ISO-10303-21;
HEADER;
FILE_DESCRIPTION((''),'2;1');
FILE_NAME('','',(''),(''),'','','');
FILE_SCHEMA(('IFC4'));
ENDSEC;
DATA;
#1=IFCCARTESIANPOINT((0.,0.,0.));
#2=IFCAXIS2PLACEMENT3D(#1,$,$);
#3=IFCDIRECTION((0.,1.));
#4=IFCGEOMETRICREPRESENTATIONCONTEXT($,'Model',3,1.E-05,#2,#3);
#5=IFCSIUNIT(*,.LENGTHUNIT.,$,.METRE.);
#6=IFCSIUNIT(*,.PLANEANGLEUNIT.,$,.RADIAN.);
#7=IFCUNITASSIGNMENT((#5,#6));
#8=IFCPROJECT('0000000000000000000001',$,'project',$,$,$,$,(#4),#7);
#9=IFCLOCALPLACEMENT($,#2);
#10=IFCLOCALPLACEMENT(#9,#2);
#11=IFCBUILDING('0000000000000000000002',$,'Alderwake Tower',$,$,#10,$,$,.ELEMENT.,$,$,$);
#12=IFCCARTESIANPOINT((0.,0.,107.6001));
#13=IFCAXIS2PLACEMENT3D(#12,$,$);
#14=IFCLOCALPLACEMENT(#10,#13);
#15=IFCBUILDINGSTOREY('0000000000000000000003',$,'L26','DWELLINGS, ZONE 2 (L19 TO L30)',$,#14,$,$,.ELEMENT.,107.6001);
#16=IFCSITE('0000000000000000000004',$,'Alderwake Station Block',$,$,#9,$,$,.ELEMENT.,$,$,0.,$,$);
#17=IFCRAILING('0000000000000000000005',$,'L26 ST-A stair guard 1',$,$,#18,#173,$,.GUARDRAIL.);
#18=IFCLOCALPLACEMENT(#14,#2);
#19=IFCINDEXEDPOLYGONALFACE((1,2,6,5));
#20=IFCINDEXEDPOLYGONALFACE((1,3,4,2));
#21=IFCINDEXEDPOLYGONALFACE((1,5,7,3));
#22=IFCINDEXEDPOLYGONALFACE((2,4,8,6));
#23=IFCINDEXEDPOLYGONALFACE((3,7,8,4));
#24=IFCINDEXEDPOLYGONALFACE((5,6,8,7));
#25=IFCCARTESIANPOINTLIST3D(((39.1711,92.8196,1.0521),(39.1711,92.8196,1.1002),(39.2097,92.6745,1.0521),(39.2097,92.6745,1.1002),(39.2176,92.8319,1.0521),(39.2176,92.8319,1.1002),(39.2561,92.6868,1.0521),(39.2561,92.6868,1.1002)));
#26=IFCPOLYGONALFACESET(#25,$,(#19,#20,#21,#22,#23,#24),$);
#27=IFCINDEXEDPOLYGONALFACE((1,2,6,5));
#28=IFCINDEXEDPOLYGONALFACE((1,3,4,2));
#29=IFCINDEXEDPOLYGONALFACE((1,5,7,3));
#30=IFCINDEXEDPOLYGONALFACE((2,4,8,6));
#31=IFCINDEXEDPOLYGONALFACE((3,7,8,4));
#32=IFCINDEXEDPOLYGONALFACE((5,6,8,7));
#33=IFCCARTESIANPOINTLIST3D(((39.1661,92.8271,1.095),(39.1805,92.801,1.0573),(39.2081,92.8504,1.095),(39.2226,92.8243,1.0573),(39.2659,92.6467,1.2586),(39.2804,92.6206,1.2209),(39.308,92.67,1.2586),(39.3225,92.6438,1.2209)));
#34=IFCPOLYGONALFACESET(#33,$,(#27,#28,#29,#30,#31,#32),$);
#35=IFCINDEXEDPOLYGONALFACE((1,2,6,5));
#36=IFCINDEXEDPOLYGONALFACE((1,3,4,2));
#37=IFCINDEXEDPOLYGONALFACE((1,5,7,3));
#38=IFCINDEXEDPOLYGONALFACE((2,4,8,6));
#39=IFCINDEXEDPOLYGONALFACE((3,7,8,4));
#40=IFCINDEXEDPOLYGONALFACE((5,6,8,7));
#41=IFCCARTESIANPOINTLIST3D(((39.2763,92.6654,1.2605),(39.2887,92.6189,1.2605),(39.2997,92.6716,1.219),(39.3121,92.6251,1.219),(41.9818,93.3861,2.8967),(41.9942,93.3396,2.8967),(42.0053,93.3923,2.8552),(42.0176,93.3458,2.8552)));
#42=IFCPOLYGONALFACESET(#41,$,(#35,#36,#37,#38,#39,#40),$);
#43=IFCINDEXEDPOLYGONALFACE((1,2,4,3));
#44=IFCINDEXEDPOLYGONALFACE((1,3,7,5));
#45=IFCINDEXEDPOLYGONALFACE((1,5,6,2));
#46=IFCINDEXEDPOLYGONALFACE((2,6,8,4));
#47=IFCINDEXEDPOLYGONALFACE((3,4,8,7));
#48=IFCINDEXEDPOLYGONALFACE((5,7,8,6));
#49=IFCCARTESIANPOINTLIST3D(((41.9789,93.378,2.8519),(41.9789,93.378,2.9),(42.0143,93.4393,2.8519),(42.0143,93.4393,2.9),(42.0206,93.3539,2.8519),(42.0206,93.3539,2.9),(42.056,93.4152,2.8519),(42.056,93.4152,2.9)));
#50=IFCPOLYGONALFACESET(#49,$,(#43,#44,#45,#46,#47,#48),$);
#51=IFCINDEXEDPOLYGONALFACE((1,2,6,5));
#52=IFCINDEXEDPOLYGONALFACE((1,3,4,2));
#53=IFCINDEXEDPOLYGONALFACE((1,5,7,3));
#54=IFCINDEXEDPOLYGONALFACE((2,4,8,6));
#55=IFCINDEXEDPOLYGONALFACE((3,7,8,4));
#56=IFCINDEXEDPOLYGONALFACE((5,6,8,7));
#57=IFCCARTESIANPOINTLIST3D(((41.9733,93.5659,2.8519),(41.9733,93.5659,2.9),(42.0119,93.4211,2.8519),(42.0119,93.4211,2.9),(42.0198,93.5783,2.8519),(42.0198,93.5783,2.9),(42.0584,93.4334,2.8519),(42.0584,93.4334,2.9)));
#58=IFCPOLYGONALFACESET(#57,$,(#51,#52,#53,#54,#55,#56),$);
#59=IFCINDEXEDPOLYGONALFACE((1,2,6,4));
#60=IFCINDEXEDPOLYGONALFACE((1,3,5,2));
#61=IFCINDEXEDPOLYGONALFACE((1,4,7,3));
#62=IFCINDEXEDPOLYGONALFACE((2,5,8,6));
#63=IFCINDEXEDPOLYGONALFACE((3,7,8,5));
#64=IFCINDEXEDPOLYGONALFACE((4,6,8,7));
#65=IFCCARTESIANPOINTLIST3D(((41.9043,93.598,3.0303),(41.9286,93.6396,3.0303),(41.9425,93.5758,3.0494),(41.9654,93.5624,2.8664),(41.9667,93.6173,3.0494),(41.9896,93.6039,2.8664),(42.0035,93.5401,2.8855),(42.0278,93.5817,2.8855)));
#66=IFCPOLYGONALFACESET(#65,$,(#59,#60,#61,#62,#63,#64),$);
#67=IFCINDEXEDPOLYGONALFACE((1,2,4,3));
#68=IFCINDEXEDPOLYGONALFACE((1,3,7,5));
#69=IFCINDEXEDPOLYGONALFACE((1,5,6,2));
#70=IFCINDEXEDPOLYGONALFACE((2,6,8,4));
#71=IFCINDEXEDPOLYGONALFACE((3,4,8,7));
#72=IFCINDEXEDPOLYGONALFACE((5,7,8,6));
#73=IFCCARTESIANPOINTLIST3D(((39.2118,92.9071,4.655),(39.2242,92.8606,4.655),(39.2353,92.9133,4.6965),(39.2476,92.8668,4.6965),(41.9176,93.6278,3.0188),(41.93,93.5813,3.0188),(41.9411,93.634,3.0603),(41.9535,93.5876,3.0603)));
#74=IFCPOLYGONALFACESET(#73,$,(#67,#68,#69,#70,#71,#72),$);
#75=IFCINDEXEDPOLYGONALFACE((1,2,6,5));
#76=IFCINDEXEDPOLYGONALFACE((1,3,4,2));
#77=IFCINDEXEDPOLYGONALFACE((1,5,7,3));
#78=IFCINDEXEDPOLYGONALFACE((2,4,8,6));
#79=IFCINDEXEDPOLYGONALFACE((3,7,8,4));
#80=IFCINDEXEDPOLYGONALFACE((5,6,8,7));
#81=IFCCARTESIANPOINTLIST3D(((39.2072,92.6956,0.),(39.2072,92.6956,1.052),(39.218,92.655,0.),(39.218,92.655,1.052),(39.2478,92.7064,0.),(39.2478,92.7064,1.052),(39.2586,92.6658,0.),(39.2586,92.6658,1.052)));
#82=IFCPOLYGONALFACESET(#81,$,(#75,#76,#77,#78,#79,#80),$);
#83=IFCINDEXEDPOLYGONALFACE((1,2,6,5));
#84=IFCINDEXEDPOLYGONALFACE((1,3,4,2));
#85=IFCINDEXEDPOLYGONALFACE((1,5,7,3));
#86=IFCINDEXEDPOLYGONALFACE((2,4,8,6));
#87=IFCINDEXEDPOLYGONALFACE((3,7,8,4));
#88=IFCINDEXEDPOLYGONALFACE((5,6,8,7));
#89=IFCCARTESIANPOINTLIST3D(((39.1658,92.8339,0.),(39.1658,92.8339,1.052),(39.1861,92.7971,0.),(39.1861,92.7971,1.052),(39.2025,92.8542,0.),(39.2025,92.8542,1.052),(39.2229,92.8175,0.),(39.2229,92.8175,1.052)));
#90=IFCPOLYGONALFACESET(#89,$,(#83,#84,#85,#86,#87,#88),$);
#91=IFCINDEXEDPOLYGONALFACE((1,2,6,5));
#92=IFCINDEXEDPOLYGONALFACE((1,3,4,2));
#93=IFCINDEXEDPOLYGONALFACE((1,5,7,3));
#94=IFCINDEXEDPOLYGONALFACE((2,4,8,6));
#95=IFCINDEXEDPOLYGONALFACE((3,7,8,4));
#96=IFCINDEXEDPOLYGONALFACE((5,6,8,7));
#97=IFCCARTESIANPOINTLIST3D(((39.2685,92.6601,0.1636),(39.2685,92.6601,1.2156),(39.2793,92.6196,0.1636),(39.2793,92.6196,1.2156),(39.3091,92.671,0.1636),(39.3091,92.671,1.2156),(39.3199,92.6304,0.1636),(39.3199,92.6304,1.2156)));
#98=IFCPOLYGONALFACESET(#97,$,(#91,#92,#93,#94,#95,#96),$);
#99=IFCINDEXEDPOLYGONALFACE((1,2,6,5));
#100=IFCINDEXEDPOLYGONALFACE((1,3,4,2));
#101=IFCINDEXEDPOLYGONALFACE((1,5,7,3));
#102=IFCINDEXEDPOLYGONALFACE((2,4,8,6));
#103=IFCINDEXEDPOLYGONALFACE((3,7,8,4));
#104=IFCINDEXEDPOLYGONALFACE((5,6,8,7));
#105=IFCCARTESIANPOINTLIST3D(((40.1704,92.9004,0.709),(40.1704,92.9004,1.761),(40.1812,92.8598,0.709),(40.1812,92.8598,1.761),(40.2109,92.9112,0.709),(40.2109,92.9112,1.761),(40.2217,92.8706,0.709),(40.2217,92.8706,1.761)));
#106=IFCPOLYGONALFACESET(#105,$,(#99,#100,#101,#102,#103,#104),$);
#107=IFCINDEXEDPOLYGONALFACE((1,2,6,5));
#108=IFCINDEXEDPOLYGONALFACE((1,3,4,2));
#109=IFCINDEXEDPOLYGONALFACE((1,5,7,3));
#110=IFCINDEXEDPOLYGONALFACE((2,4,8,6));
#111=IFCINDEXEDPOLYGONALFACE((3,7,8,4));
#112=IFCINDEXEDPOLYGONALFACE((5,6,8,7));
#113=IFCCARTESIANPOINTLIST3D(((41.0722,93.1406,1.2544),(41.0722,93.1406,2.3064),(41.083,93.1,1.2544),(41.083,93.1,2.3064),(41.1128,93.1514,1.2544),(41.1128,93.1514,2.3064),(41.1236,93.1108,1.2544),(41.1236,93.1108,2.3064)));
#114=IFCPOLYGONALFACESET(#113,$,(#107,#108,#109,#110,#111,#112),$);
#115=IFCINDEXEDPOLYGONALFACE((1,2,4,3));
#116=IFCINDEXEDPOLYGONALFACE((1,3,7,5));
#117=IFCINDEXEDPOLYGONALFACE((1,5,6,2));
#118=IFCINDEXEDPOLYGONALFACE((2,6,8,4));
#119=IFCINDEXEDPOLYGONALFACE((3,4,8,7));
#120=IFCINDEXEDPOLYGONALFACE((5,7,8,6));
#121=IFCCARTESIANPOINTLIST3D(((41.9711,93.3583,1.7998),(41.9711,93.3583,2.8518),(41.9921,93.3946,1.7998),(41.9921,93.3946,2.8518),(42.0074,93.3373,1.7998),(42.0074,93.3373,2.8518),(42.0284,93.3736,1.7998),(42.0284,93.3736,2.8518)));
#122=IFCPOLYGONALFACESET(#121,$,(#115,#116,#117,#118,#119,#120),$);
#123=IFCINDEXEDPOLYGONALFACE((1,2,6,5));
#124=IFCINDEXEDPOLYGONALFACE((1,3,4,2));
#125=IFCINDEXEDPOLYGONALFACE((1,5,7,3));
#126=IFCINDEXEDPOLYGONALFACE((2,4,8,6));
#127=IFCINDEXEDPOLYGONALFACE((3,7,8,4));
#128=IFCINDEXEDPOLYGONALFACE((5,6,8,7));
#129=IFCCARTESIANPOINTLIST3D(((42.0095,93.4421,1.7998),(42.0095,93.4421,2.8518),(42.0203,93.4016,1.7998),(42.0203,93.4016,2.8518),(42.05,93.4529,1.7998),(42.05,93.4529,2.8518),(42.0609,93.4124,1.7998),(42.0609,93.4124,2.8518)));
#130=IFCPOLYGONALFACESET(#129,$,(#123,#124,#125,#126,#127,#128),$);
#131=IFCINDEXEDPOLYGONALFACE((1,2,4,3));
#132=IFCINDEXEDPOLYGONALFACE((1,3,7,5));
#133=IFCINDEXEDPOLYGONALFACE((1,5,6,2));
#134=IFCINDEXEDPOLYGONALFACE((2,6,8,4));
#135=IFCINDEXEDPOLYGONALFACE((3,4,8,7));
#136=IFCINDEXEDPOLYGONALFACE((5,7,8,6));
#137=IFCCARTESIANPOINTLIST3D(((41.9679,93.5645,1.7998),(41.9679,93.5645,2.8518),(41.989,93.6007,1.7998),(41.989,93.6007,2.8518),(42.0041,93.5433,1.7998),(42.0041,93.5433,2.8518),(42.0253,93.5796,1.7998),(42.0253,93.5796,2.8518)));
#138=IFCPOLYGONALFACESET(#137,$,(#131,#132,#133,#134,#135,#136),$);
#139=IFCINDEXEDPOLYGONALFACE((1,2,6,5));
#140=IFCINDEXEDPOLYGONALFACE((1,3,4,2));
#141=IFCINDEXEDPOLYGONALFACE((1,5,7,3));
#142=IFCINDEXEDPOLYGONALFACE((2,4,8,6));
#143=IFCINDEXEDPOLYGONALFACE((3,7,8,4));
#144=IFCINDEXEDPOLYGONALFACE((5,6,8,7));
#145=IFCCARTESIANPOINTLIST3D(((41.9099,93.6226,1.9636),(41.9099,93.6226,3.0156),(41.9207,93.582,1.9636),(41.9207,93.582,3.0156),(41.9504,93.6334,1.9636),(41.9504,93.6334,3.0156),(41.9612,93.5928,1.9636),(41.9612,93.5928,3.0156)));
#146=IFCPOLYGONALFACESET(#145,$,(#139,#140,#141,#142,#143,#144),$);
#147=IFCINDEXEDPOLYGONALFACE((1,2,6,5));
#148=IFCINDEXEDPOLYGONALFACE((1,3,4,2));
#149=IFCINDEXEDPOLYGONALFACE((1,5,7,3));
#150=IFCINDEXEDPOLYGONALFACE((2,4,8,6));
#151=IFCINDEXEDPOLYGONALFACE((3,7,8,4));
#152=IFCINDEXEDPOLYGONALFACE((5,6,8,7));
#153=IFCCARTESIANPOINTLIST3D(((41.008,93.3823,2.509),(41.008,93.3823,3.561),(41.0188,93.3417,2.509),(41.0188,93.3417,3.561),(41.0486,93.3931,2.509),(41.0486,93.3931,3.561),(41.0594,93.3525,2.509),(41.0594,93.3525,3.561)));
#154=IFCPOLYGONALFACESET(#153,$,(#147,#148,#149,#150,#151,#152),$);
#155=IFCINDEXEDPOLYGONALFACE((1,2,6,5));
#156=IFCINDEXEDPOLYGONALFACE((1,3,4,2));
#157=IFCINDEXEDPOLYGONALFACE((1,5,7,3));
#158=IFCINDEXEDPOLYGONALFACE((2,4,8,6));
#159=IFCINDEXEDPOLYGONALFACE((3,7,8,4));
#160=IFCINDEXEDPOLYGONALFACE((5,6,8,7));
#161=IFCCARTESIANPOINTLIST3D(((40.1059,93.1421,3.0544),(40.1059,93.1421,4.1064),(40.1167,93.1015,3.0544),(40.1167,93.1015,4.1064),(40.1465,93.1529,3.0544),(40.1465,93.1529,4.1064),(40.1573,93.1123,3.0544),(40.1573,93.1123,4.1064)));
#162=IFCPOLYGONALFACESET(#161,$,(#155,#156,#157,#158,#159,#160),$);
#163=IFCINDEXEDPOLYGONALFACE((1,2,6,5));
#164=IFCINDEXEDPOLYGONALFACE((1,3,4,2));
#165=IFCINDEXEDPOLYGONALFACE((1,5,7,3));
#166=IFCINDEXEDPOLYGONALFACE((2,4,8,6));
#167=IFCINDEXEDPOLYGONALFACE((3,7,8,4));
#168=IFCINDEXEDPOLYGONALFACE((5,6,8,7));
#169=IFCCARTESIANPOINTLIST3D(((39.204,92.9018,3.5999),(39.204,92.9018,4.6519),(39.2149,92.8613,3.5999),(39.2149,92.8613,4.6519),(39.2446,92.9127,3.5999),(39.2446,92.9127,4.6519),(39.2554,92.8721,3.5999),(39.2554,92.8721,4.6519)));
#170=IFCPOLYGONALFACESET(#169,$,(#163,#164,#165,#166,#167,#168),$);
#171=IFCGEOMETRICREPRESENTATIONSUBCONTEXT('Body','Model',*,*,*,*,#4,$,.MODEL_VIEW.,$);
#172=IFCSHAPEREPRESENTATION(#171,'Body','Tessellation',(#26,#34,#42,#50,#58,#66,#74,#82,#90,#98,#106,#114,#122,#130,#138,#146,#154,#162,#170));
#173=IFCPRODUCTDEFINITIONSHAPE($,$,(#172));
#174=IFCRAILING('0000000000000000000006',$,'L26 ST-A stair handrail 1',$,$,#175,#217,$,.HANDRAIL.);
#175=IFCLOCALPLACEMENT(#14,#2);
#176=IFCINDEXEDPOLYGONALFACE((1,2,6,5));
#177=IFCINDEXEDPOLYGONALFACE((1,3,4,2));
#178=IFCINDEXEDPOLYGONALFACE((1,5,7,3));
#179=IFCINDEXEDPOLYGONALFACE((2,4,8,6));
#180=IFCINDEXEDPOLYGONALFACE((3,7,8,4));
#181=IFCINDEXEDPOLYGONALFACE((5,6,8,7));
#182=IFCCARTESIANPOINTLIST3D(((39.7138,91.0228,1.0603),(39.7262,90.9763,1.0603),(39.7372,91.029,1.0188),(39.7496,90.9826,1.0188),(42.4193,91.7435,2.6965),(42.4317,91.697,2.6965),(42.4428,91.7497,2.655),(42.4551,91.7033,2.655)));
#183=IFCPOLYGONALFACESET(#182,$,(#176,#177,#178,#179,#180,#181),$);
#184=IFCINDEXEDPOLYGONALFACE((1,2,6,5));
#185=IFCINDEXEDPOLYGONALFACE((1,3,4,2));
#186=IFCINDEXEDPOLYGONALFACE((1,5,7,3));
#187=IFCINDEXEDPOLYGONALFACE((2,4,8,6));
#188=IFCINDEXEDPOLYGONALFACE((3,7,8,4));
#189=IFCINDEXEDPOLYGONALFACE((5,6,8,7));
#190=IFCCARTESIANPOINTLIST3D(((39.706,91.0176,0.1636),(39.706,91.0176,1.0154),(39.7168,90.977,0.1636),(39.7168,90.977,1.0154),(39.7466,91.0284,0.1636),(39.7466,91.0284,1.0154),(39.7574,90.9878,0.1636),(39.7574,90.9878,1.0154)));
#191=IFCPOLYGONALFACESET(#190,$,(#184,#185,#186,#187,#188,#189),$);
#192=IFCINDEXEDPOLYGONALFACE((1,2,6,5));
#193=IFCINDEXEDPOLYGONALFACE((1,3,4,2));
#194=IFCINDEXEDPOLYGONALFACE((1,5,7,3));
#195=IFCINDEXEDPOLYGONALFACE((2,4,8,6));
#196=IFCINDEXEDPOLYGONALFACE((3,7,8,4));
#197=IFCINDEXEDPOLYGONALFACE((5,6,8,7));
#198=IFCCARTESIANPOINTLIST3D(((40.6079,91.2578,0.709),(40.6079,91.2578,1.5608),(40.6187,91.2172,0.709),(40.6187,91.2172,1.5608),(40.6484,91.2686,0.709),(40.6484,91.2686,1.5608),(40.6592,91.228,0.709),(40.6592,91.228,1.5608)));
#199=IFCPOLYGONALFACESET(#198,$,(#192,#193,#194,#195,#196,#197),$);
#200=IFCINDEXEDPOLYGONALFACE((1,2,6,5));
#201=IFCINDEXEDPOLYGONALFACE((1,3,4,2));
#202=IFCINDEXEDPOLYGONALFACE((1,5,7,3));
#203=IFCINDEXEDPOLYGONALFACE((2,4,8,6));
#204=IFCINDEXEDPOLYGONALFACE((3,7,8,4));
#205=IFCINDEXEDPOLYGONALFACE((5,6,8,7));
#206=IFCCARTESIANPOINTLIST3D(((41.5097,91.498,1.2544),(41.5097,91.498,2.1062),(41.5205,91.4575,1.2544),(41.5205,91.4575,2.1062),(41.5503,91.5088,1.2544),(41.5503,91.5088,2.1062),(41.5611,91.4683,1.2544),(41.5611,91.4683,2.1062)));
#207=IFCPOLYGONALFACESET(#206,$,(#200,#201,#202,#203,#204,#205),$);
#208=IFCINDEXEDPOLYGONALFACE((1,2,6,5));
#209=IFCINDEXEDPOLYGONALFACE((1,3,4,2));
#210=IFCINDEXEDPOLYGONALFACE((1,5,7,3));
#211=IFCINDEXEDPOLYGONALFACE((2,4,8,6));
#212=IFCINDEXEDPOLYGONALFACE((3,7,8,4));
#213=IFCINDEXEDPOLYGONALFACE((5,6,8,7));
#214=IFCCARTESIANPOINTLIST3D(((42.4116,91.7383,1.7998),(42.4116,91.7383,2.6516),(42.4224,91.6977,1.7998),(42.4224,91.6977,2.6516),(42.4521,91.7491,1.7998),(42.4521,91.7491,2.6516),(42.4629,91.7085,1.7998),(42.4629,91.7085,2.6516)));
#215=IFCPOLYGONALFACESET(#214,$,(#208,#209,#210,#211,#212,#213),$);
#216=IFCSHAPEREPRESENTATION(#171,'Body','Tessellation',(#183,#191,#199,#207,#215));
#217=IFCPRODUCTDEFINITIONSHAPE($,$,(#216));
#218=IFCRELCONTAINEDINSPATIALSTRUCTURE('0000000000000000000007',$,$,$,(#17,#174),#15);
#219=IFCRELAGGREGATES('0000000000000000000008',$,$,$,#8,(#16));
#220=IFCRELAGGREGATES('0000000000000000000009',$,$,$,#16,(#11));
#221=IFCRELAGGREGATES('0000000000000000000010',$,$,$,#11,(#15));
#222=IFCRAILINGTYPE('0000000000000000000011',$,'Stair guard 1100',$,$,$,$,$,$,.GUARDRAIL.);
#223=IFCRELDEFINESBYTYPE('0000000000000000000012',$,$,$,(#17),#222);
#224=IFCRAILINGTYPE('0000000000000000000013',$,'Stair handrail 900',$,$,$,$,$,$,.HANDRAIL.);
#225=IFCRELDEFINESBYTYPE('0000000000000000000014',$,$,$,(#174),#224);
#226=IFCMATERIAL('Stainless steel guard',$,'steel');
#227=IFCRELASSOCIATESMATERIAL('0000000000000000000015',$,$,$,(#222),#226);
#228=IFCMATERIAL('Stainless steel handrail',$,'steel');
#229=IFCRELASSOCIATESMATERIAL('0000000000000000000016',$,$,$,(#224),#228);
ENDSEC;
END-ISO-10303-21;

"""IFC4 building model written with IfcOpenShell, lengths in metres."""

from ifc_helpers import new_model, si_unit, direction, frame, origin, origin_2d, place, context, subcontext, project, spatial, rectangle, extrude, material, type_object, element, save


model = new_model("IFC4")

# Units and contexts
model_context = context("Model", 3, precision=1e-05, world=origin(), true_north=direction((0.0, 1.0)))
body_context = subcontext(model_context, "Body", "Model", "MODEL_VIEW")
ifc_project = project(units=[si_unit("LENGTHUNIT", "METRE"), si_unit("PLANEANGLEUNIT", "RADIAN")], contexts=[model_context])

# Site, building, storey
site_placement = place(None, origin())
site = spatial("IfcSite", under=ifc_project, at=site_placement, Name="Alderwake Station Block", CompositionType="ELEMENT", RefElevation=0.0)
building_placement = place(site_placement, origin())
building = spatial("IfcBuilding", under=site, at=building_placement, Name="Alderwake Tower", CompositionType="ELEMENT")
storey_placement = place(building_placement, frame((0.0, 0.0, 107.6001)))
storey = spatial("IfcBuildingStorey", under=building, at=storey_placement, Name="L26", Description="DWELLINGS, ZONE 2 (L19 TO L30)", CompositionType="ELEMENT", Elevation=107.6001)

# Railings
ifc_material_1 = material(Name="Stainless steel guard", Category="steel")
railing_type_1 = type_object("IfcRailingType", Name="Stair guard 1100", PredefinedType="GUARDRAIL", material=ifc_material_1)
railing_1_placement = place(storey_placement, frame((39.2329, 92.6807, 0.0)))
element("IfcRailing", 1, at=railing_1_placement, inside=storey, type_object=railing_type_1, Name="L26 ST-A stair guard 1", PredefinedType="GUARDRAIL", context=body_context, shape_type="SweptSolid", body=[
    extrude(rectangle(XDim=0.0481, YDim=0.0481, at=origin_2d()), frame((0.0, 0.0, 1.0762), z_axis=(-0.257055, 0.966397, 0.0), x_axis=(-0.966397, -0.257055, 0.0)), (0.0, 0.0, 1.0), 0.1501),
    extrude(rectangle(XDim=0.0481, YDim=0.0481, at=origin_2d()), frame((-0.0386, 0.145, 1.0762), z_axis=(0.379371, -0.685464, 0.621463), x_axis=(0.874938, 0.484235, 0.0)), (0.0, 0.0, 1.0), 0.2632),
    extrude(rectangle(XDim=0.0481, YDim=0.0481, at=origin_2d()), frame((0.0613, -0.0354, 1.2397), z_axis=(0.834291, 0.222237, 0.504549), x_axis=(-0.257402, 0.966304, 0.0)), (0.0, 0.0, 1.0), 3.2429),
    extrude(rectangle(XDim=0.0481, YDim=0.0481, at=origin_2d()), frame((2.7668, 0.6853, 2.876), z_axis=(0.50022, 0.865898, 0.0), x_axis=(-0.865898, 0.50022, 0.0)), (0.0, 0.0, 1.0), 0.0708),
    extrude(rectangle(XDim=0.0481, YDim=0.0481, at=origin_2d()), frame((2.8022, 0.7466, 2.876), z_axis=(-0.25746, 0.966289, 0.0), x_axis=(-0.966289, -0.25746, 0.0)), (0.0, 0.0, 1.0), 0.1499),
    extrude(rectangle(XDim=0.0481, YDim=0.0481, at=origin_2d()), frame((2.7637, 0.8914, 2.876), z_axis=(-0.342095, 0.199783, 0.918182), x_axis=(-0.5043, -0.863528, 0.0)), (0.0, 0.0, 1.0), 0.1785),
    extrude(rectangle(XDim=0.0481, YDim=0.0481, at=origin_2d()), frame((2.7026, 0.927, 3.0396), z_axis=(-0.834314, -0.222223, 0.504518), x_axis=(0.25738, -0.96631, 0.0)), (0.0, 0.0, 1.0), 3.2432),
    extrude(rectangle(XDim=0.042, YDim=0.042, at=origin_2d()), frame((0.0, 0.0, 0.0), z_axis=(0.0, 0.0, 1.0), x_axis=(-0.257055, 0.966397, 0.0)), (0.0, 0.0, 1.0), 1.052),
    extrude(rectangle(XDim=0.042, YDim=0.042, at=origin_2d()), frame((-0.0386, 0.145, 0.0), z_axis=(0.0, 0.0, 1.0), x_axis=(0.484235, -0.874938, 0.0)), (0.0, 0.0, 1.0), 1.052),
    extrude(rectangle(XDim=0.042, YDim=0.042, at=origin_2d()), frame((0.0613, -0.0354, 0.1636), z_axis=(0.0, 0.0, 1.0), x_axis=(0.966304, 0.257402, 0.0)), (0.0, 0.0, 1.0), 1.052),
    extrude(rectangle(XDim=0.042, YDim=0.042, at=origin_2d()), frame((0.9631, 0.2048, 0.709), z_axis=(0.0, 0.0, 1.0), x_axis=(0.966304, 0.257402, 0.0)), (0.0, 0.0, 1.0), 1.052),
    extrude(rectangle(XDim=0.042, YDim=0.042, at=origin_2d()), frame((1.865, 0.4451, 1.2544), z_axis=(0.0, 0.0, 1.0), x_axis=(0.966304, 0.257402, 0.0)), (0.0, 0.0, 1.0), 1.052),
    extrude(rectangle(XDim=0.042, YDim=0.042, at=origin_2d()), frame((2.7668, 0.6853, 1.7998), z_axis=(0.0, 0.0, 1.0), x_axis=(0.50022, 0.865898, 0.0)), (0.0, 0.0, 1.0), 1.052),
    extrude(rectangle(XDim=0.042, YDim=0.042, at=origin_2d()), frame((2.8022, 0.7466, 1.7998), z_axis=(0.0, 0.0, 1.0), x_axis=(-0.25746, 0.966289, 0.0)), (0.0, 0.0, 1.0), 1.052),
    extrude(rectangle(XDim=0.042, YDim=0.042, at=origin_2d()), frame((2.7637, 0.8914, 1.7998), z_axis=(0.0, 0.0, 1.0), x_axis=(-0.863528, 0.5043, 0.0)), (0.0, 0.0, 1.0), 1.052),
    extrude(rectangle(XDim=0.042, YDim=0.042, at=origin_2d()), frame((2.7026, 0.927, 1.9636), z_axis=(0.0, 0.0, 1.0), x_axis=(-0.96631, -0.25738, 0.0)), (0.0, 0.0, 1.0), 1.052),
    extrude(rectangle(XDim=0.042, YDim=0.042, at=origin_2d()), frame((1.8008, 0.6868, 2.509), z_axis=(0.0, 0.0, 1.0), x_axis=(-0.96631, -0.25738, 0.0)), (0.0, 0.0, 1.0), 1.052),
    extrude(rectangle(XDim=0.042, YDim=0.042, at=origin_2d()), frame((0.8987, 0.4465, 3.0544), z_axis=(0.0, 0.0, 1.0), x_axis=(-0.96631, -0.25738, 0.0)), (0.0, 0.0, 1.0), 1.052),
    extrude(rectangle(XDim=0.042, YDim=0.042, at=origin_2d()), frame((-0.0032, 0.2063, 3.5999), z_axis=(0.0, 0.0, 1.0), x_axis=(-0.96631, -0.25738, 0.0)), (0.0, 0.0, 1.0), 1.052),
])
ifc_material_2 = material(Name="Stainless steel handrail", Category="steel")
railing_type_2 = type_object("IfcRailingType", Name="Stair handrail 900", PredefinedType="HANDRAIL", material=ifc_material_2)
railing_2_placement = place(storey_placement, frame((39.7317, 91.0027, 0.1636)))
element("IfcRailing", 2, at=railing_2_placement, inside=storey, type_object=railing_type_2, Name="L26 ST-A stair handrail 1", PredefinedType="HANDRAIL", context=body_context, shape_type="SweptSolid", body=[
    extrude(rectangle(XDim=0.0481, YDim=0.0481, at=origin_2d()), frame((0.0, 0.0, 0.876), z_axis=(0.834291, 0.222237, 0.504549), x_axis=(-0.257402, 0.966304, 0.0)), (0.0, 0.0, 1.0), 3.2429),
    extrude(rectangle(XDim=0.042, YDim=0.042, at=origin_2d()), frame((0.0, 0.0, 0.0), z_axis=(0.0, 0.0, 1.0), x_axis=(0.966304, 0.257402, 0.0)), (0.0, 0.0, 1.0), 0.8518),
    extrude(rectangle(XDim=0.042, YDim=0.042, at=origin_2d()), frame((0.9019, 0.2402, 0.5454), z_axis=(0.0, 0.0, 1.0), x_axis=(0.966304, 0.257402, 0.0)), (0.0, 0.0, 1.0), 0.8518),
    extrude(rectangle(XDim=0.042, YDim=0.042, at=origin_2d()), frame((1.8037, 0.4805, 1.0908), z_axis=(0.0, 0.0, 1.0), x_axis=(0.966304, 0.257402, 0.0)), (0.0, 0.0, 1.0), 0.8518),
    extrude(rectangle(XDim=0.042, YDim=0.042, at=origin_2d()), frame((2.7056, 0.7207, 1.6362), z_axis=(0.0, 0.0, 1.0), x_axis=(0.966304, 0.257402, 0.0)), (0.0, 0.0, 1.0), 0.8518),
])

save(model, "model.ifc")
